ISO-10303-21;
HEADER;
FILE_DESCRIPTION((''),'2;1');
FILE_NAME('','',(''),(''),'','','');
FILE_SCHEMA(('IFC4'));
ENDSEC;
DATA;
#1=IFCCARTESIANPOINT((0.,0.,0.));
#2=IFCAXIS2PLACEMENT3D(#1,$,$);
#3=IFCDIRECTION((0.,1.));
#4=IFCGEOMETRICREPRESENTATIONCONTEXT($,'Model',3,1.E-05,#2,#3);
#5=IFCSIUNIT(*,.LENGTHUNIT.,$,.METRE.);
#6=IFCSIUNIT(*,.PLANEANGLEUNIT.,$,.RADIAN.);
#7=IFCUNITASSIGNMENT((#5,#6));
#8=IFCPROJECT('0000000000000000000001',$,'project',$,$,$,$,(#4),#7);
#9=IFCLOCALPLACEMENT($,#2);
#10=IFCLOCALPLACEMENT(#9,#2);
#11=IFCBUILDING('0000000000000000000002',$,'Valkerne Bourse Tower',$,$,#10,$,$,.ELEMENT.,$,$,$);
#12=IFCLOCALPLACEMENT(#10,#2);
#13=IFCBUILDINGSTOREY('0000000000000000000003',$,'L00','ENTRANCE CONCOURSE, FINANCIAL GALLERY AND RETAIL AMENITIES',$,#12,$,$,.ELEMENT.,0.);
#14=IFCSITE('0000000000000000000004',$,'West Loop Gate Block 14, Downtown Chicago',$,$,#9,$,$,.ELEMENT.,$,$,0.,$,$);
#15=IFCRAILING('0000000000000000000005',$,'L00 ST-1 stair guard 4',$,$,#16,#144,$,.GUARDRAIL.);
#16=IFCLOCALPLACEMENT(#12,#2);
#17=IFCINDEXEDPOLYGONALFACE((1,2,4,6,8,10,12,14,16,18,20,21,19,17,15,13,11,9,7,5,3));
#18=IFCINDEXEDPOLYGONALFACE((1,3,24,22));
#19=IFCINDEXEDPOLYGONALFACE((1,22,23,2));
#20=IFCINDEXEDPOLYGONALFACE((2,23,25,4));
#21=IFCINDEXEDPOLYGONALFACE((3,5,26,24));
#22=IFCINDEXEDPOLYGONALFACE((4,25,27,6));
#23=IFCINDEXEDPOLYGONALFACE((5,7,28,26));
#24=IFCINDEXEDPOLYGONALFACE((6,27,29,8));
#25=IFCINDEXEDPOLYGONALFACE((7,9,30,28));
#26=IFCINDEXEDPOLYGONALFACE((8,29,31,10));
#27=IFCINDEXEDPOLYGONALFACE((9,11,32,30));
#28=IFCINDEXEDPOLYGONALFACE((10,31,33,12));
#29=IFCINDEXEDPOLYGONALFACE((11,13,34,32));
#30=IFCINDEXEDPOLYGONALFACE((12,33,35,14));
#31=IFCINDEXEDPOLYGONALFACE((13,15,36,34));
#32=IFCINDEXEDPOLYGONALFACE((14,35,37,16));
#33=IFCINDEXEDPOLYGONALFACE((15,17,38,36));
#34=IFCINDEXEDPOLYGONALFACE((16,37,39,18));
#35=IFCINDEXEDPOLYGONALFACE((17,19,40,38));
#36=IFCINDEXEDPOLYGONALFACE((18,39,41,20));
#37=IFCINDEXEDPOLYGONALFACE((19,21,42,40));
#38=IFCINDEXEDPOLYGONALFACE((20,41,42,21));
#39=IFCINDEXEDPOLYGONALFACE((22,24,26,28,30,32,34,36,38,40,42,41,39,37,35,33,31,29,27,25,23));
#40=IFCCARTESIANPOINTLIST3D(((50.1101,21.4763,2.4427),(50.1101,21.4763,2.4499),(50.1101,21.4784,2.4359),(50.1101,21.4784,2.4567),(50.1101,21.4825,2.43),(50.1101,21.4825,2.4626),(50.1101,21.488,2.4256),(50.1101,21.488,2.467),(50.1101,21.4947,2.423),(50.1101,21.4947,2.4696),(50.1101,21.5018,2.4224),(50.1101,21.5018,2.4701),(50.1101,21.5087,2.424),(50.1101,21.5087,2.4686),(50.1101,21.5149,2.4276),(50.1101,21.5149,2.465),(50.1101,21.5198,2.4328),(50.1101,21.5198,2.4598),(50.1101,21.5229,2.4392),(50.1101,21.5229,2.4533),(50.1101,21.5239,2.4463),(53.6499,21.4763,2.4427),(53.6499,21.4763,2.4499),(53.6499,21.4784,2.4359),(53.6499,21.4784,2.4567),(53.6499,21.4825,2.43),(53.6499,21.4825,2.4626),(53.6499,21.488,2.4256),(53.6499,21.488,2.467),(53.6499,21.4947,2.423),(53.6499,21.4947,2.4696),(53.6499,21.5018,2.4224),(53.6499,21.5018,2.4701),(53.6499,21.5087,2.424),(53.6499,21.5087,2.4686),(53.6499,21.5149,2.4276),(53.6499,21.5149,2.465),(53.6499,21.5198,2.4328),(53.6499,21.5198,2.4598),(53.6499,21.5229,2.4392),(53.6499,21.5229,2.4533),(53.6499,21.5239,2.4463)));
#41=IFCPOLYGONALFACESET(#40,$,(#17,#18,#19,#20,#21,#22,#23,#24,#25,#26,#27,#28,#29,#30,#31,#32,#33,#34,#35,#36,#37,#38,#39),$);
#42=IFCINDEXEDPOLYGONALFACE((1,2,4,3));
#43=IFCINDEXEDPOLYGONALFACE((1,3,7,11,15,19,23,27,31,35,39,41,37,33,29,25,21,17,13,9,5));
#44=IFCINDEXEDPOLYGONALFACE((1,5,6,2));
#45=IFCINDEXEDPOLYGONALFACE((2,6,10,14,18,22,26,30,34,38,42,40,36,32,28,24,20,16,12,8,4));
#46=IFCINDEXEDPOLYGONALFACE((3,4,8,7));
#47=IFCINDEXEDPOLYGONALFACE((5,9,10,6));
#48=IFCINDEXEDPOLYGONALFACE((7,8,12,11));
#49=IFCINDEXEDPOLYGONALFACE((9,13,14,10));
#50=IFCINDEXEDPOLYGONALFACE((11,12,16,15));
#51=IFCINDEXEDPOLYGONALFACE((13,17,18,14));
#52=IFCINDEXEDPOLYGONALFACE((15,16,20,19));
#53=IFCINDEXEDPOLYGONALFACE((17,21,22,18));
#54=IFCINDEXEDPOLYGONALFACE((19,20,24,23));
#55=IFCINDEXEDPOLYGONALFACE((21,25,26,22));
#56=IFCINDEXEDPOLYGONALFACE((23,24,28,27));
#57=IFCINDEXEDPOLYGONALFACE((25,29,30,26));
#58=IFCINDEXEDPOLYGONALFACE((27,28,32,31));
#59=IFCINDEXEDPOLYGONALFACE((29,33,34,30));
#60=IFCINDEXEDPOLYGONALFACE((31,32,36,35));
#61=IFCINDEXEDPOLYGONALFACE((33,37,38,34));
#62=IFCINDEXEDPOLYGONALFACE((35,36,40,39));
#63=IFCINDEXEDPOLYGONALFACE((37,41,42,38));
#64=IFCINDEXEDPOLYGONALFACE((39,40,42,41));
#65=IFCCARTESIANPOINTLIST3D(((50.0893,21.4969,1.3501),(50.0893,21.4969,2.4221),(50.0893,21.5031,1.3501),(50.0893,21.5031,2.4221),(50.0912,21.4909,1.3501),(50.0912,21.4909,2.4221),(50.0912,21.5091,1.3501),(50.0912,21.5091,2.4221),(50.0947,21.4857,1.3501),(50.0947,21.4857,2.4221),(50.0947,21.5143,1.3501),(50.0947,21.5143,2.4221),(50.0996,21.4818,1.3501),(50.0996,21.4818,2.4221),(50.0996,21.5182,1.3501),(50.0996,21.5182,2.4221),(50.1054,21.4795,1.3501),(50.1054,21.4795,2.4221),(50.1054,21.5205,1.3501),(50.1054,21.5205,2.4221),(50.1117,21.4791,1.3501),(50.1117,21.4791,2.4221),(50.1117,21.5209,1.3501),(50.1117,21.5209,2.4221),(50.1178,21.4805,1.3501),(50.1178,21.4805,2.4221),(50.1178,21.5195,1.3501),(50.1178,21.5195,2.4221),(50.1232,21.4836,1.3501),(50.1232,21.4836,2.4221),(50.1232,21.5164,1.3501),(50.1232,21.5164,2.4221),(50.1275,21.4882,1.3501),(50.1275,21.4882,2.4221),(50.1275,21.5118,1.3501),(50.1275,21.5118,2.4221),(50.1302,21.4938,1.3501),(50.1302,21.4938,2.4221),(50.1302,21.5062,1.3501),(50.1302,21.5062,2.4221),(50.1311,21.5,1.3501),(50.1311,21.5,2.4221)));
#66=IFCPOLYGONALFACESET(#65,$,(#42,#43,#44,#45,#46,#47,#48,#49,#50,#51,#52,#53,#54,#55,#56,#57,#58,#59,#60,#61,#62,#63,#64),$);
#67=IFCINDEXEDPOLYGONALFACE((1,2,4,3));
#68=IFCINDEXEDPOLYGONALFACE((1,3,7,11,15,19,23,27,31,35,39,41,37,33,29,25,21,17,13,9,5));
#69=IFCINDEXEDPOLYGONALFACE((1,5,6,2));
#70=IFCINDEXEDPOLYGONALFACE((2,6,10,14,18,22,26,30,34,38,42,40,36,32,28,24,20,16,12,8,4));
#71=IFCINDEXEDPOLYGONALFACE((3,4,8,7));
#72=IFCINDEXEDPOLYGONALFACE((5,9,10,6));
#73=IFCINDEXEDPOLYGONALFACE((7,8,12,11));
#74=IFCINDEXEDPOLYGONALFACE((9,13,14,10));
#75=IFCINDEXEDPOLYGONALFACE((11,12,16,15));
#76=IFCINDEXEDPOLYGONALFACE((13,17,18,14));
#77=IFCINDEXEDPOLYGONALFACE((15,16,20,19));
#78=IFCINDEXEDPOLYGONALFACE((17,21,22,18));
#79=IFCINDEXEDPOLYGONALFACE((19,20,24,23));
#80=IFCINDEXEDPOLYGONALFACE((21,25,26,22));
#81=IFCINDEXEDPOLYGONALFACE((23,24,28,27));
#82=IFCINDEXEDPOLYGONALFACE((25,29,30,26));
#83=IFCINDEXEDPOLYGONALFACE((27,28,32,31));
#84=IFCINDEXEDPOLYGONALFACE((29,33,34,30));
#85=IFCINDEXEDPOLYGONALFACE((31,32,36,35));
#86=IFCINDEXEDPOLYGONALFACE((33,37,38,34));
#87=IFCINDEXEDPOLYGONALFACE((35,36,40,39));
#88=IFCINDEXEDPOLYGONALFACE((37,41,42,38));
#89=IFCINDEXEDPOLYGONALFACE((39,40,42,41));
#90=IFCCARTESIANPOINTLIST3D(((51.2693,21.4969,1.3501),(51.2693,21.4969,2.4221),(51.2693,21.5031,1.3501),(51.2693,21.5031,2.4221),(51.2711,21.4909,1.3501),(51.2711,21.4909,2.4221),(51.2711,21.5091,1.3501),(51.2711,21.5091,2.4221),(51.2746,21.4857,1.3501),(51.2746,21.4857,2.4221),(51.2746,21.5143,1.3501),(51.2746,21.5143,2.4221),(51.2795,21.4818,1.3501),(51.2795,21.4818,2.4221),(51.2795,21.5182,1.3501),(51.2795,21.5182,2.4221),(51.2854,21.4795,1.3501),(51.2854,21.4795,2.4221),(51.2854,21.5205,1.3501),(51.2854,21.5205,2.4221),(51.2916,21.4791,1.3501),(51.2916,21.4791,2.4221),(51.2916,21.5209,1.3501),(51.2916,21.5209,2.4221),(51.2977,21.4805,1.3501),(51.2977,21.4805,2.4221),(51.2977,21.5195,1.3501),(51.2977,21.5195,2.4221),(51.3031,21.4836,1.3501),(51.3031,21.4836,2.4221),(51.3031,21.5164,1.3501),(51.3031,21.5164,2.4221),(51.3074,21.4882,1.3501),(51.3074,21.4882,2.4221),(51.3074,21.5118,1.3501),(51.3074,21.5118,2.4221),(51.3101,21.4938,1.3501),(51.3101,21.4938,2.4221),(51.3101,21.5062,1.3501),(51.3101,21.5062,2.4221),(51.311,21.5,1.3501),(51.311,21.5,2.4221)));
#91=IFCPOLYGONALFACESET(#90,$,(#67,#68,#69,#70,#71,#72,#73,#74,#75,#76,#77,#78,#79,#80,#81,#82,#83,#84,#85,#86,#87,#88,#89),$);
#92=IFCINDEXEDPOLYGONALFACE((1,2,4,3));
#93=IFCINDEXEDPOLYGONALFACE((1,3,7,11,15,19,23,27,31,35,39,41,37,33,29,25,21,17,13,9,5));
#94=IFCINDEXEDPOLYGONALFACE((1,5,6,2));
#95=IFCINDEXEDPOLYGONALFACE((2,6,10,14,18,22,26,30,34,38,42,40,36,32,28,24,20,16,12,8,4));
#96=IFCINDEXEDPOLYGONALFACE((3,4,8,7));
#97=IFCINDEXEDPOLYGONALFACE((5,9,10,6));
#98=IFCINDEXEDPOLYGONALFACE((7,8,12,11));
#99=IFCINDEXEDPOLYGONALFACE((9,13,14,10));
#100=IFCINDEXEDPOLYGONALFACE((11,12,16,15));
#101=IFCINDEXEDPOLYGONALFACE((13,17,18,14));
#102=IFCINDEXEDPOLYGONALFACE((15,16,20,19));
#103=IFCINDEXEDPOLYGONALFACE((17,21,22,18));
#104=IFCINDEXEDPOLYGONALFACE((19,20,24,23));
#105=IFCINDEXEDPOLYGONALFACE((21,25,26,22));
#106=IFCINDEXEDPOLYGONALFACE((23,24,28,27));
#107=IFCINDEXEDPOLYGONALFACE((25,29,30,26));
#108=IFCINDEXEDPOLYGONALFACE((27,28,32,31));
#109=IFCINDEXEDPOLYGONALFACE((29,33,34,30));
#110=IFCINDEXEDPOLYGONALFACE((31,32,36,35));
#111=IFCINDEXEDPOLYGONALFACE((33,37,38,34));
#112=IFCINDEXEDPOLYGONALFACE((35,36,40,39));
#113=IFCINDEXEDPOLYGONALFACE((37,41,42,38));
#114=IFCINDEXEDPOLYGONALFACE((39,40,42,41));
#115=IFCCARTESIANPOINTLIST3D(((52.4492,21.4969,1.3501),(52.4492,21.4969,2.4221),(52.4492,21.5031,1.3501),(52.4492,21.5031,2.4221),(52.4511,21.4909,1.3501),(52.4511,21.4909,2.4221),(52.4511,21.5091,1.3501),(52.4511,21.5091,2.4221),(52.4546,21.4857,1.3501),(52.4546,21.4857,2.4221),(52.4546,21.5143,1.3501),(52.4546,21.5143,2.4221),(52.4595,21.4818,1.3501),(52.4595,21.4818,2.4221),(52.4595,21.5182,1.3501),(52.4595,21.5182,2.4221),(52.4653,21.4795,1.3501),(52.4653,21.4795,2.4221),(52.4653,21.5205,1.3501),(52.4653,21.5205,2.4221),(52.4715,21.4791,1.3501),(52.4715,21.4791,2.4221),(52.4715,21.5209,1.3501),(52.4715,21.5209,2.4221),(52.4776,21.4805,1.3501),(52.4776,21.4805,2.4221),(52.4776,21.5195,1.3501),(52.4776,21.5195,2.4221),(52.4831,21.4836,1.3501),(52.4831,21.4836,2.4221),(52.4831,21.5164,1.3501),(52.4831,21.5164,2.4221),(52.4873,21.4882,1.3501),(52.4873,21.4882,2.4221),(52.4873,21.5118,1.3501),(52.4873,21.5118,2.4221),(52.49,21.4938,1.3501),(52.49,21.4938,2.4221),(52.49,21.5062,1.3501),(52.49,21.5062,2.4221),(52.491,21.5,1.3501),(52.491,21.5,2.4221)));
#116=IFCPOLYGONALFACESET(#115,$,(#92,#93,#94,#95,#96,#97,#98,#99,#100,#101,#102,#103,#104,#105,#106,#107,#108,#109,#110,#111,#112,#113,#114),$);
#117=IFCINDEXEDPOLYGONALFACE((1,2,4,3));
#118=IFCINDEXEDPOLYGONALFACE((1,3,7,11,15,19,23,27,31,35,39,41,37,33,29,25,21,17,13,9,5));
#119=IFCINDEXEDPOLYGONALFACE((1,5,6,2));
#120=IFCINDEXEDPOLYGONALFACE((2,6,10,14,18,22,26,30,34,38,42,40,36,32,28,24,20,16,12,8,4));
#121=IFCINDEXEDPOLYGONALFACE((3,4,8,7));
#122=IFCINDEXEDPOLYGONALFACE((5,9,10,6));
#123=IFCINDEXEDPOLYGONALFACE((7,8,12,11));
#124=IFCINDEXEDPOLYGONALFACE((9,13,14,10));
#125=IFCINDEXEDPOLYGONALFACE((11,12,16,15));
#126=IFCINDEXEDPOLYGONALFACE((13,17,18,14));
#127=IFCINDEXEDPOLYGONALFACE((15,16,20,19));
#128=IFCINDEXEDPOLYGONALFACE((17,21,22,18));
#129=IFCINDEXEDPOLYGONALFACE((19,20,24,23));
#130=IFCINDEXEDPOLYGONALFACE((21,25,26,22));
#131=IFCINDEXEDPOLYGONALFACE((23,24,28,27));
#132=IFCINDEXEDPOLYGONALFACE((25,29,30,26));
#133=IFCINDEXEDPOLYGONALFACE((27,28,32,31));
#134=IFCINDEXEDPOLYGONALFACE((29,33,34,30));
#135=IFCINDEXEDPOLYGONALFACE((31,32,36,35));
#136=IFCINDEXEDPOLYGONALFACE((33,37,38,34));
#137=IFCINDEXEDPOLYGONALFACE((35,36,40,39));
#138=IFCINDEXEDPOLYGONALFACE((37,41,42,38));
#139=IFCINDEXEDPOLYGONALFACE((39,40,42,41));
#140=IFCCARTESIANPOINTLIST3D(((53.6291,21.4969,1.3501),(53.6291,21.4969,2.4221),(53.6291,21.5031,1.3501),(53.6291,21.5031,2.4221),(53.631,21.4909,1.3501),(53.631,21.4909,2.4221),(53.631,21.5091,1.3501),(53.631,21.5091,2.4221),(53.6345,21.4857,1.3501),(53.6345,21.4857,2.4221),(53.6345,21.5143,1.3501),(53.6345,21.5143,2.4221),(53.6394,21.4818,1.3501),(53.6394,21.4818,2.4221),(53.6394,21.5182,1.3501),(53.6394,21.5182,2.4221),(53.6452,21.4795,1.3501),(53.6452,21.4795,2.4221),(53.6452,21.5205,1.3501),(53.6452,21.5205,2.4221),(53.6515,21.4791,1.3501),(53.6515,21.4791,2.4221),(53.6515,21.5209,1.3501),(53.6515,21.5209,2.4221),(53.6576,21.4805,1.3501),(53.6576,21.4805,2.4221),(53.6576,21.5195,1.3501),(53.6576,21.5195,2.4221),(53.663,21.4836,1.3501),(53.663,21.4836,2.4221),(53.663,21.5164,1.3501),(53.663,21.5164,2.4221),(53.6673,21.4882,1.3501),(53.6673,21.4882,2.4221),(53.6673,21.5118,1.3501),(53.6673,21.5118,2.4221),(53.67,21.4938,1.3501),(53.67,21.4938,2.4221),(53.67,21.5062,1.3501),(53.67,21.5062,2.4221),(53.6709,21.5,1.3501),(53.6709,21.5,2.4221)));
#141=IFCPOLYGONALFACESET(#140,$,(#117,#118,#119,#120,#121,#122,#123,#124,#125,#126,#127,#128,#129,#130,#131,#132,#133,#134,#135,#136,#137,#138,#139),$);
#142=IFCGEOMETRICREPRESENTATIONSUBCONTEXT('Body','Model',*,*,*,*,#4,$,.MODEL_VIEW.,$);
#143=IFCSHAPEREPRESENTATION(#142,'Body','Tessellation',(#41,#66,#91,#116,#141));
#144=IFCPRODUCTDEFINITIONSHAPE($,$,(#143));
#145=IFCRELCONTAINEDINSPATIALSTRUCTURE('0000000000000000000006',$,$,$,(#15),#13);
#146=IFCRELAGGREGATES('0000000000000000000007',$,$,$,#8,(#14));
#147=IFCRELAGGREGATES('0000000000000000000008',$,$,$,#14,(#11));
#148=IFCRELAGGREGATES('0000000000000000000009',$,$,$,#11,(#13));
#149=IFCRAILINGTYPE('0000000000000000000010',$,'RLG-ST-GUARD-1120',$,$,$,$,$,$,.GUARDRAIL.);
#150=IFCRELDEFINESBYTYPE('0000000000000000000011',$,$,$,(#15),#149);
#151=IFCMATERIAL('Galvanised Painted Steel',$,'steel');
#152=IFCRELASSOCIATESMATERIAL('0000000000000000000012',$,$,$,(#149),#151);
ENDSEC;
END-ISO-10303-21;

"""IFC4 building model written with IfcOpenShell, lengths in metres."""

from ifc_helpers import new_model, si_unit, direction, frame, origin, origin_2d, place, context, subcontext, project, spatial, circle, extrude, material, type_object, element, save


model = new_model("IFC4")

# Units and contexts
model_context = context("Model", 3, precision=1e-05, world=origin(), true_north=direction((0.0, 1.0)))
body_context = subcontext(model_context, "Body", "Model", "MODEL_VIEW")
ifc_project = project(units=[si_unit("LENGTHUNIT", "METRE"), si_unit("PLANEANGLEUNIT", "RADIAN")], contexts=[model_context])

# Site, building, storey
site_placement = place(None, origin())
site = spatial("IfcSite", under=ifc_project, at=site_placement, Name="West Loop Gate Block 14, Downtown Chicago", CompositionType="ELEMENT", RefElevation=0.0)
building_placement = place(site_placement, origin())
building = spatial("IfcBuilding", under=site, at=building_placement, Name="Valkerne Bourse Tower", CompositionType="ELEMENT")
storey_placement = place(building_placement, origin())
storey = spatial("IfcBuildingStorey", under=building, at=storey_placement, Name="L00", Description="ENTRANCE CONCOURSE, FINANCIAL GALLERY AND RETAIL AMENITIES", CompositionType="ELEMENT", Elevation=0.0)

# Railing
ifc_material_1 = material(Name="Galvanised Painted Steel", Category="steel")
railing_type_1 = type_object("IfcRailingType", Name="RLG-ST-GUARD-1120", PredefinedType="GUARDRAIL", material=ifc_material_1)
railing_1_placement = place(storey_placement, frame((50.1101, 21.5, 1.3501)))
element("IfcRailing", 1, at=railing_1_placement, inside=storey, type_object=railing_type_1, Name="L00 ST-1 stair guard 4", PredefinedType="GUARDRAIL", context=body_context, shape_type="SweptSolid", body=[
    extrude(circle(Radius=0.0239, at=origin_2d()), frame((0.0, 0.0, 1.0962), z_axis=(1.0, 0.0, 0.0), x_axis=(0.0, 1.0, 0.0)), (0.0, 0.0, 1.0), 3.5398),
    extrude(circle(Radius=0.021, at=origin_2d()), origin(), (0.0, 0.0, 1.0), 1.072),
    extrude(circle(Radius=0.021, at=origin_2d()), frame((1.1799, 0.0, 0.0)), (0.0, 0.0, 1.0), 1.072),
    extrude(circle(Radius=0.021, at=origin_2d()), frame((2.3599, 0.0, 0.0)), (0.0, 0.0, 1.0), 1.072),
    extrude(circle(Radius=0.021, at=origin_2d()), frame((3.5398, 0.0, 0.0)), (0.0, 0.0, 1.0), 1.072),
])

save(model, "model.ifc")
